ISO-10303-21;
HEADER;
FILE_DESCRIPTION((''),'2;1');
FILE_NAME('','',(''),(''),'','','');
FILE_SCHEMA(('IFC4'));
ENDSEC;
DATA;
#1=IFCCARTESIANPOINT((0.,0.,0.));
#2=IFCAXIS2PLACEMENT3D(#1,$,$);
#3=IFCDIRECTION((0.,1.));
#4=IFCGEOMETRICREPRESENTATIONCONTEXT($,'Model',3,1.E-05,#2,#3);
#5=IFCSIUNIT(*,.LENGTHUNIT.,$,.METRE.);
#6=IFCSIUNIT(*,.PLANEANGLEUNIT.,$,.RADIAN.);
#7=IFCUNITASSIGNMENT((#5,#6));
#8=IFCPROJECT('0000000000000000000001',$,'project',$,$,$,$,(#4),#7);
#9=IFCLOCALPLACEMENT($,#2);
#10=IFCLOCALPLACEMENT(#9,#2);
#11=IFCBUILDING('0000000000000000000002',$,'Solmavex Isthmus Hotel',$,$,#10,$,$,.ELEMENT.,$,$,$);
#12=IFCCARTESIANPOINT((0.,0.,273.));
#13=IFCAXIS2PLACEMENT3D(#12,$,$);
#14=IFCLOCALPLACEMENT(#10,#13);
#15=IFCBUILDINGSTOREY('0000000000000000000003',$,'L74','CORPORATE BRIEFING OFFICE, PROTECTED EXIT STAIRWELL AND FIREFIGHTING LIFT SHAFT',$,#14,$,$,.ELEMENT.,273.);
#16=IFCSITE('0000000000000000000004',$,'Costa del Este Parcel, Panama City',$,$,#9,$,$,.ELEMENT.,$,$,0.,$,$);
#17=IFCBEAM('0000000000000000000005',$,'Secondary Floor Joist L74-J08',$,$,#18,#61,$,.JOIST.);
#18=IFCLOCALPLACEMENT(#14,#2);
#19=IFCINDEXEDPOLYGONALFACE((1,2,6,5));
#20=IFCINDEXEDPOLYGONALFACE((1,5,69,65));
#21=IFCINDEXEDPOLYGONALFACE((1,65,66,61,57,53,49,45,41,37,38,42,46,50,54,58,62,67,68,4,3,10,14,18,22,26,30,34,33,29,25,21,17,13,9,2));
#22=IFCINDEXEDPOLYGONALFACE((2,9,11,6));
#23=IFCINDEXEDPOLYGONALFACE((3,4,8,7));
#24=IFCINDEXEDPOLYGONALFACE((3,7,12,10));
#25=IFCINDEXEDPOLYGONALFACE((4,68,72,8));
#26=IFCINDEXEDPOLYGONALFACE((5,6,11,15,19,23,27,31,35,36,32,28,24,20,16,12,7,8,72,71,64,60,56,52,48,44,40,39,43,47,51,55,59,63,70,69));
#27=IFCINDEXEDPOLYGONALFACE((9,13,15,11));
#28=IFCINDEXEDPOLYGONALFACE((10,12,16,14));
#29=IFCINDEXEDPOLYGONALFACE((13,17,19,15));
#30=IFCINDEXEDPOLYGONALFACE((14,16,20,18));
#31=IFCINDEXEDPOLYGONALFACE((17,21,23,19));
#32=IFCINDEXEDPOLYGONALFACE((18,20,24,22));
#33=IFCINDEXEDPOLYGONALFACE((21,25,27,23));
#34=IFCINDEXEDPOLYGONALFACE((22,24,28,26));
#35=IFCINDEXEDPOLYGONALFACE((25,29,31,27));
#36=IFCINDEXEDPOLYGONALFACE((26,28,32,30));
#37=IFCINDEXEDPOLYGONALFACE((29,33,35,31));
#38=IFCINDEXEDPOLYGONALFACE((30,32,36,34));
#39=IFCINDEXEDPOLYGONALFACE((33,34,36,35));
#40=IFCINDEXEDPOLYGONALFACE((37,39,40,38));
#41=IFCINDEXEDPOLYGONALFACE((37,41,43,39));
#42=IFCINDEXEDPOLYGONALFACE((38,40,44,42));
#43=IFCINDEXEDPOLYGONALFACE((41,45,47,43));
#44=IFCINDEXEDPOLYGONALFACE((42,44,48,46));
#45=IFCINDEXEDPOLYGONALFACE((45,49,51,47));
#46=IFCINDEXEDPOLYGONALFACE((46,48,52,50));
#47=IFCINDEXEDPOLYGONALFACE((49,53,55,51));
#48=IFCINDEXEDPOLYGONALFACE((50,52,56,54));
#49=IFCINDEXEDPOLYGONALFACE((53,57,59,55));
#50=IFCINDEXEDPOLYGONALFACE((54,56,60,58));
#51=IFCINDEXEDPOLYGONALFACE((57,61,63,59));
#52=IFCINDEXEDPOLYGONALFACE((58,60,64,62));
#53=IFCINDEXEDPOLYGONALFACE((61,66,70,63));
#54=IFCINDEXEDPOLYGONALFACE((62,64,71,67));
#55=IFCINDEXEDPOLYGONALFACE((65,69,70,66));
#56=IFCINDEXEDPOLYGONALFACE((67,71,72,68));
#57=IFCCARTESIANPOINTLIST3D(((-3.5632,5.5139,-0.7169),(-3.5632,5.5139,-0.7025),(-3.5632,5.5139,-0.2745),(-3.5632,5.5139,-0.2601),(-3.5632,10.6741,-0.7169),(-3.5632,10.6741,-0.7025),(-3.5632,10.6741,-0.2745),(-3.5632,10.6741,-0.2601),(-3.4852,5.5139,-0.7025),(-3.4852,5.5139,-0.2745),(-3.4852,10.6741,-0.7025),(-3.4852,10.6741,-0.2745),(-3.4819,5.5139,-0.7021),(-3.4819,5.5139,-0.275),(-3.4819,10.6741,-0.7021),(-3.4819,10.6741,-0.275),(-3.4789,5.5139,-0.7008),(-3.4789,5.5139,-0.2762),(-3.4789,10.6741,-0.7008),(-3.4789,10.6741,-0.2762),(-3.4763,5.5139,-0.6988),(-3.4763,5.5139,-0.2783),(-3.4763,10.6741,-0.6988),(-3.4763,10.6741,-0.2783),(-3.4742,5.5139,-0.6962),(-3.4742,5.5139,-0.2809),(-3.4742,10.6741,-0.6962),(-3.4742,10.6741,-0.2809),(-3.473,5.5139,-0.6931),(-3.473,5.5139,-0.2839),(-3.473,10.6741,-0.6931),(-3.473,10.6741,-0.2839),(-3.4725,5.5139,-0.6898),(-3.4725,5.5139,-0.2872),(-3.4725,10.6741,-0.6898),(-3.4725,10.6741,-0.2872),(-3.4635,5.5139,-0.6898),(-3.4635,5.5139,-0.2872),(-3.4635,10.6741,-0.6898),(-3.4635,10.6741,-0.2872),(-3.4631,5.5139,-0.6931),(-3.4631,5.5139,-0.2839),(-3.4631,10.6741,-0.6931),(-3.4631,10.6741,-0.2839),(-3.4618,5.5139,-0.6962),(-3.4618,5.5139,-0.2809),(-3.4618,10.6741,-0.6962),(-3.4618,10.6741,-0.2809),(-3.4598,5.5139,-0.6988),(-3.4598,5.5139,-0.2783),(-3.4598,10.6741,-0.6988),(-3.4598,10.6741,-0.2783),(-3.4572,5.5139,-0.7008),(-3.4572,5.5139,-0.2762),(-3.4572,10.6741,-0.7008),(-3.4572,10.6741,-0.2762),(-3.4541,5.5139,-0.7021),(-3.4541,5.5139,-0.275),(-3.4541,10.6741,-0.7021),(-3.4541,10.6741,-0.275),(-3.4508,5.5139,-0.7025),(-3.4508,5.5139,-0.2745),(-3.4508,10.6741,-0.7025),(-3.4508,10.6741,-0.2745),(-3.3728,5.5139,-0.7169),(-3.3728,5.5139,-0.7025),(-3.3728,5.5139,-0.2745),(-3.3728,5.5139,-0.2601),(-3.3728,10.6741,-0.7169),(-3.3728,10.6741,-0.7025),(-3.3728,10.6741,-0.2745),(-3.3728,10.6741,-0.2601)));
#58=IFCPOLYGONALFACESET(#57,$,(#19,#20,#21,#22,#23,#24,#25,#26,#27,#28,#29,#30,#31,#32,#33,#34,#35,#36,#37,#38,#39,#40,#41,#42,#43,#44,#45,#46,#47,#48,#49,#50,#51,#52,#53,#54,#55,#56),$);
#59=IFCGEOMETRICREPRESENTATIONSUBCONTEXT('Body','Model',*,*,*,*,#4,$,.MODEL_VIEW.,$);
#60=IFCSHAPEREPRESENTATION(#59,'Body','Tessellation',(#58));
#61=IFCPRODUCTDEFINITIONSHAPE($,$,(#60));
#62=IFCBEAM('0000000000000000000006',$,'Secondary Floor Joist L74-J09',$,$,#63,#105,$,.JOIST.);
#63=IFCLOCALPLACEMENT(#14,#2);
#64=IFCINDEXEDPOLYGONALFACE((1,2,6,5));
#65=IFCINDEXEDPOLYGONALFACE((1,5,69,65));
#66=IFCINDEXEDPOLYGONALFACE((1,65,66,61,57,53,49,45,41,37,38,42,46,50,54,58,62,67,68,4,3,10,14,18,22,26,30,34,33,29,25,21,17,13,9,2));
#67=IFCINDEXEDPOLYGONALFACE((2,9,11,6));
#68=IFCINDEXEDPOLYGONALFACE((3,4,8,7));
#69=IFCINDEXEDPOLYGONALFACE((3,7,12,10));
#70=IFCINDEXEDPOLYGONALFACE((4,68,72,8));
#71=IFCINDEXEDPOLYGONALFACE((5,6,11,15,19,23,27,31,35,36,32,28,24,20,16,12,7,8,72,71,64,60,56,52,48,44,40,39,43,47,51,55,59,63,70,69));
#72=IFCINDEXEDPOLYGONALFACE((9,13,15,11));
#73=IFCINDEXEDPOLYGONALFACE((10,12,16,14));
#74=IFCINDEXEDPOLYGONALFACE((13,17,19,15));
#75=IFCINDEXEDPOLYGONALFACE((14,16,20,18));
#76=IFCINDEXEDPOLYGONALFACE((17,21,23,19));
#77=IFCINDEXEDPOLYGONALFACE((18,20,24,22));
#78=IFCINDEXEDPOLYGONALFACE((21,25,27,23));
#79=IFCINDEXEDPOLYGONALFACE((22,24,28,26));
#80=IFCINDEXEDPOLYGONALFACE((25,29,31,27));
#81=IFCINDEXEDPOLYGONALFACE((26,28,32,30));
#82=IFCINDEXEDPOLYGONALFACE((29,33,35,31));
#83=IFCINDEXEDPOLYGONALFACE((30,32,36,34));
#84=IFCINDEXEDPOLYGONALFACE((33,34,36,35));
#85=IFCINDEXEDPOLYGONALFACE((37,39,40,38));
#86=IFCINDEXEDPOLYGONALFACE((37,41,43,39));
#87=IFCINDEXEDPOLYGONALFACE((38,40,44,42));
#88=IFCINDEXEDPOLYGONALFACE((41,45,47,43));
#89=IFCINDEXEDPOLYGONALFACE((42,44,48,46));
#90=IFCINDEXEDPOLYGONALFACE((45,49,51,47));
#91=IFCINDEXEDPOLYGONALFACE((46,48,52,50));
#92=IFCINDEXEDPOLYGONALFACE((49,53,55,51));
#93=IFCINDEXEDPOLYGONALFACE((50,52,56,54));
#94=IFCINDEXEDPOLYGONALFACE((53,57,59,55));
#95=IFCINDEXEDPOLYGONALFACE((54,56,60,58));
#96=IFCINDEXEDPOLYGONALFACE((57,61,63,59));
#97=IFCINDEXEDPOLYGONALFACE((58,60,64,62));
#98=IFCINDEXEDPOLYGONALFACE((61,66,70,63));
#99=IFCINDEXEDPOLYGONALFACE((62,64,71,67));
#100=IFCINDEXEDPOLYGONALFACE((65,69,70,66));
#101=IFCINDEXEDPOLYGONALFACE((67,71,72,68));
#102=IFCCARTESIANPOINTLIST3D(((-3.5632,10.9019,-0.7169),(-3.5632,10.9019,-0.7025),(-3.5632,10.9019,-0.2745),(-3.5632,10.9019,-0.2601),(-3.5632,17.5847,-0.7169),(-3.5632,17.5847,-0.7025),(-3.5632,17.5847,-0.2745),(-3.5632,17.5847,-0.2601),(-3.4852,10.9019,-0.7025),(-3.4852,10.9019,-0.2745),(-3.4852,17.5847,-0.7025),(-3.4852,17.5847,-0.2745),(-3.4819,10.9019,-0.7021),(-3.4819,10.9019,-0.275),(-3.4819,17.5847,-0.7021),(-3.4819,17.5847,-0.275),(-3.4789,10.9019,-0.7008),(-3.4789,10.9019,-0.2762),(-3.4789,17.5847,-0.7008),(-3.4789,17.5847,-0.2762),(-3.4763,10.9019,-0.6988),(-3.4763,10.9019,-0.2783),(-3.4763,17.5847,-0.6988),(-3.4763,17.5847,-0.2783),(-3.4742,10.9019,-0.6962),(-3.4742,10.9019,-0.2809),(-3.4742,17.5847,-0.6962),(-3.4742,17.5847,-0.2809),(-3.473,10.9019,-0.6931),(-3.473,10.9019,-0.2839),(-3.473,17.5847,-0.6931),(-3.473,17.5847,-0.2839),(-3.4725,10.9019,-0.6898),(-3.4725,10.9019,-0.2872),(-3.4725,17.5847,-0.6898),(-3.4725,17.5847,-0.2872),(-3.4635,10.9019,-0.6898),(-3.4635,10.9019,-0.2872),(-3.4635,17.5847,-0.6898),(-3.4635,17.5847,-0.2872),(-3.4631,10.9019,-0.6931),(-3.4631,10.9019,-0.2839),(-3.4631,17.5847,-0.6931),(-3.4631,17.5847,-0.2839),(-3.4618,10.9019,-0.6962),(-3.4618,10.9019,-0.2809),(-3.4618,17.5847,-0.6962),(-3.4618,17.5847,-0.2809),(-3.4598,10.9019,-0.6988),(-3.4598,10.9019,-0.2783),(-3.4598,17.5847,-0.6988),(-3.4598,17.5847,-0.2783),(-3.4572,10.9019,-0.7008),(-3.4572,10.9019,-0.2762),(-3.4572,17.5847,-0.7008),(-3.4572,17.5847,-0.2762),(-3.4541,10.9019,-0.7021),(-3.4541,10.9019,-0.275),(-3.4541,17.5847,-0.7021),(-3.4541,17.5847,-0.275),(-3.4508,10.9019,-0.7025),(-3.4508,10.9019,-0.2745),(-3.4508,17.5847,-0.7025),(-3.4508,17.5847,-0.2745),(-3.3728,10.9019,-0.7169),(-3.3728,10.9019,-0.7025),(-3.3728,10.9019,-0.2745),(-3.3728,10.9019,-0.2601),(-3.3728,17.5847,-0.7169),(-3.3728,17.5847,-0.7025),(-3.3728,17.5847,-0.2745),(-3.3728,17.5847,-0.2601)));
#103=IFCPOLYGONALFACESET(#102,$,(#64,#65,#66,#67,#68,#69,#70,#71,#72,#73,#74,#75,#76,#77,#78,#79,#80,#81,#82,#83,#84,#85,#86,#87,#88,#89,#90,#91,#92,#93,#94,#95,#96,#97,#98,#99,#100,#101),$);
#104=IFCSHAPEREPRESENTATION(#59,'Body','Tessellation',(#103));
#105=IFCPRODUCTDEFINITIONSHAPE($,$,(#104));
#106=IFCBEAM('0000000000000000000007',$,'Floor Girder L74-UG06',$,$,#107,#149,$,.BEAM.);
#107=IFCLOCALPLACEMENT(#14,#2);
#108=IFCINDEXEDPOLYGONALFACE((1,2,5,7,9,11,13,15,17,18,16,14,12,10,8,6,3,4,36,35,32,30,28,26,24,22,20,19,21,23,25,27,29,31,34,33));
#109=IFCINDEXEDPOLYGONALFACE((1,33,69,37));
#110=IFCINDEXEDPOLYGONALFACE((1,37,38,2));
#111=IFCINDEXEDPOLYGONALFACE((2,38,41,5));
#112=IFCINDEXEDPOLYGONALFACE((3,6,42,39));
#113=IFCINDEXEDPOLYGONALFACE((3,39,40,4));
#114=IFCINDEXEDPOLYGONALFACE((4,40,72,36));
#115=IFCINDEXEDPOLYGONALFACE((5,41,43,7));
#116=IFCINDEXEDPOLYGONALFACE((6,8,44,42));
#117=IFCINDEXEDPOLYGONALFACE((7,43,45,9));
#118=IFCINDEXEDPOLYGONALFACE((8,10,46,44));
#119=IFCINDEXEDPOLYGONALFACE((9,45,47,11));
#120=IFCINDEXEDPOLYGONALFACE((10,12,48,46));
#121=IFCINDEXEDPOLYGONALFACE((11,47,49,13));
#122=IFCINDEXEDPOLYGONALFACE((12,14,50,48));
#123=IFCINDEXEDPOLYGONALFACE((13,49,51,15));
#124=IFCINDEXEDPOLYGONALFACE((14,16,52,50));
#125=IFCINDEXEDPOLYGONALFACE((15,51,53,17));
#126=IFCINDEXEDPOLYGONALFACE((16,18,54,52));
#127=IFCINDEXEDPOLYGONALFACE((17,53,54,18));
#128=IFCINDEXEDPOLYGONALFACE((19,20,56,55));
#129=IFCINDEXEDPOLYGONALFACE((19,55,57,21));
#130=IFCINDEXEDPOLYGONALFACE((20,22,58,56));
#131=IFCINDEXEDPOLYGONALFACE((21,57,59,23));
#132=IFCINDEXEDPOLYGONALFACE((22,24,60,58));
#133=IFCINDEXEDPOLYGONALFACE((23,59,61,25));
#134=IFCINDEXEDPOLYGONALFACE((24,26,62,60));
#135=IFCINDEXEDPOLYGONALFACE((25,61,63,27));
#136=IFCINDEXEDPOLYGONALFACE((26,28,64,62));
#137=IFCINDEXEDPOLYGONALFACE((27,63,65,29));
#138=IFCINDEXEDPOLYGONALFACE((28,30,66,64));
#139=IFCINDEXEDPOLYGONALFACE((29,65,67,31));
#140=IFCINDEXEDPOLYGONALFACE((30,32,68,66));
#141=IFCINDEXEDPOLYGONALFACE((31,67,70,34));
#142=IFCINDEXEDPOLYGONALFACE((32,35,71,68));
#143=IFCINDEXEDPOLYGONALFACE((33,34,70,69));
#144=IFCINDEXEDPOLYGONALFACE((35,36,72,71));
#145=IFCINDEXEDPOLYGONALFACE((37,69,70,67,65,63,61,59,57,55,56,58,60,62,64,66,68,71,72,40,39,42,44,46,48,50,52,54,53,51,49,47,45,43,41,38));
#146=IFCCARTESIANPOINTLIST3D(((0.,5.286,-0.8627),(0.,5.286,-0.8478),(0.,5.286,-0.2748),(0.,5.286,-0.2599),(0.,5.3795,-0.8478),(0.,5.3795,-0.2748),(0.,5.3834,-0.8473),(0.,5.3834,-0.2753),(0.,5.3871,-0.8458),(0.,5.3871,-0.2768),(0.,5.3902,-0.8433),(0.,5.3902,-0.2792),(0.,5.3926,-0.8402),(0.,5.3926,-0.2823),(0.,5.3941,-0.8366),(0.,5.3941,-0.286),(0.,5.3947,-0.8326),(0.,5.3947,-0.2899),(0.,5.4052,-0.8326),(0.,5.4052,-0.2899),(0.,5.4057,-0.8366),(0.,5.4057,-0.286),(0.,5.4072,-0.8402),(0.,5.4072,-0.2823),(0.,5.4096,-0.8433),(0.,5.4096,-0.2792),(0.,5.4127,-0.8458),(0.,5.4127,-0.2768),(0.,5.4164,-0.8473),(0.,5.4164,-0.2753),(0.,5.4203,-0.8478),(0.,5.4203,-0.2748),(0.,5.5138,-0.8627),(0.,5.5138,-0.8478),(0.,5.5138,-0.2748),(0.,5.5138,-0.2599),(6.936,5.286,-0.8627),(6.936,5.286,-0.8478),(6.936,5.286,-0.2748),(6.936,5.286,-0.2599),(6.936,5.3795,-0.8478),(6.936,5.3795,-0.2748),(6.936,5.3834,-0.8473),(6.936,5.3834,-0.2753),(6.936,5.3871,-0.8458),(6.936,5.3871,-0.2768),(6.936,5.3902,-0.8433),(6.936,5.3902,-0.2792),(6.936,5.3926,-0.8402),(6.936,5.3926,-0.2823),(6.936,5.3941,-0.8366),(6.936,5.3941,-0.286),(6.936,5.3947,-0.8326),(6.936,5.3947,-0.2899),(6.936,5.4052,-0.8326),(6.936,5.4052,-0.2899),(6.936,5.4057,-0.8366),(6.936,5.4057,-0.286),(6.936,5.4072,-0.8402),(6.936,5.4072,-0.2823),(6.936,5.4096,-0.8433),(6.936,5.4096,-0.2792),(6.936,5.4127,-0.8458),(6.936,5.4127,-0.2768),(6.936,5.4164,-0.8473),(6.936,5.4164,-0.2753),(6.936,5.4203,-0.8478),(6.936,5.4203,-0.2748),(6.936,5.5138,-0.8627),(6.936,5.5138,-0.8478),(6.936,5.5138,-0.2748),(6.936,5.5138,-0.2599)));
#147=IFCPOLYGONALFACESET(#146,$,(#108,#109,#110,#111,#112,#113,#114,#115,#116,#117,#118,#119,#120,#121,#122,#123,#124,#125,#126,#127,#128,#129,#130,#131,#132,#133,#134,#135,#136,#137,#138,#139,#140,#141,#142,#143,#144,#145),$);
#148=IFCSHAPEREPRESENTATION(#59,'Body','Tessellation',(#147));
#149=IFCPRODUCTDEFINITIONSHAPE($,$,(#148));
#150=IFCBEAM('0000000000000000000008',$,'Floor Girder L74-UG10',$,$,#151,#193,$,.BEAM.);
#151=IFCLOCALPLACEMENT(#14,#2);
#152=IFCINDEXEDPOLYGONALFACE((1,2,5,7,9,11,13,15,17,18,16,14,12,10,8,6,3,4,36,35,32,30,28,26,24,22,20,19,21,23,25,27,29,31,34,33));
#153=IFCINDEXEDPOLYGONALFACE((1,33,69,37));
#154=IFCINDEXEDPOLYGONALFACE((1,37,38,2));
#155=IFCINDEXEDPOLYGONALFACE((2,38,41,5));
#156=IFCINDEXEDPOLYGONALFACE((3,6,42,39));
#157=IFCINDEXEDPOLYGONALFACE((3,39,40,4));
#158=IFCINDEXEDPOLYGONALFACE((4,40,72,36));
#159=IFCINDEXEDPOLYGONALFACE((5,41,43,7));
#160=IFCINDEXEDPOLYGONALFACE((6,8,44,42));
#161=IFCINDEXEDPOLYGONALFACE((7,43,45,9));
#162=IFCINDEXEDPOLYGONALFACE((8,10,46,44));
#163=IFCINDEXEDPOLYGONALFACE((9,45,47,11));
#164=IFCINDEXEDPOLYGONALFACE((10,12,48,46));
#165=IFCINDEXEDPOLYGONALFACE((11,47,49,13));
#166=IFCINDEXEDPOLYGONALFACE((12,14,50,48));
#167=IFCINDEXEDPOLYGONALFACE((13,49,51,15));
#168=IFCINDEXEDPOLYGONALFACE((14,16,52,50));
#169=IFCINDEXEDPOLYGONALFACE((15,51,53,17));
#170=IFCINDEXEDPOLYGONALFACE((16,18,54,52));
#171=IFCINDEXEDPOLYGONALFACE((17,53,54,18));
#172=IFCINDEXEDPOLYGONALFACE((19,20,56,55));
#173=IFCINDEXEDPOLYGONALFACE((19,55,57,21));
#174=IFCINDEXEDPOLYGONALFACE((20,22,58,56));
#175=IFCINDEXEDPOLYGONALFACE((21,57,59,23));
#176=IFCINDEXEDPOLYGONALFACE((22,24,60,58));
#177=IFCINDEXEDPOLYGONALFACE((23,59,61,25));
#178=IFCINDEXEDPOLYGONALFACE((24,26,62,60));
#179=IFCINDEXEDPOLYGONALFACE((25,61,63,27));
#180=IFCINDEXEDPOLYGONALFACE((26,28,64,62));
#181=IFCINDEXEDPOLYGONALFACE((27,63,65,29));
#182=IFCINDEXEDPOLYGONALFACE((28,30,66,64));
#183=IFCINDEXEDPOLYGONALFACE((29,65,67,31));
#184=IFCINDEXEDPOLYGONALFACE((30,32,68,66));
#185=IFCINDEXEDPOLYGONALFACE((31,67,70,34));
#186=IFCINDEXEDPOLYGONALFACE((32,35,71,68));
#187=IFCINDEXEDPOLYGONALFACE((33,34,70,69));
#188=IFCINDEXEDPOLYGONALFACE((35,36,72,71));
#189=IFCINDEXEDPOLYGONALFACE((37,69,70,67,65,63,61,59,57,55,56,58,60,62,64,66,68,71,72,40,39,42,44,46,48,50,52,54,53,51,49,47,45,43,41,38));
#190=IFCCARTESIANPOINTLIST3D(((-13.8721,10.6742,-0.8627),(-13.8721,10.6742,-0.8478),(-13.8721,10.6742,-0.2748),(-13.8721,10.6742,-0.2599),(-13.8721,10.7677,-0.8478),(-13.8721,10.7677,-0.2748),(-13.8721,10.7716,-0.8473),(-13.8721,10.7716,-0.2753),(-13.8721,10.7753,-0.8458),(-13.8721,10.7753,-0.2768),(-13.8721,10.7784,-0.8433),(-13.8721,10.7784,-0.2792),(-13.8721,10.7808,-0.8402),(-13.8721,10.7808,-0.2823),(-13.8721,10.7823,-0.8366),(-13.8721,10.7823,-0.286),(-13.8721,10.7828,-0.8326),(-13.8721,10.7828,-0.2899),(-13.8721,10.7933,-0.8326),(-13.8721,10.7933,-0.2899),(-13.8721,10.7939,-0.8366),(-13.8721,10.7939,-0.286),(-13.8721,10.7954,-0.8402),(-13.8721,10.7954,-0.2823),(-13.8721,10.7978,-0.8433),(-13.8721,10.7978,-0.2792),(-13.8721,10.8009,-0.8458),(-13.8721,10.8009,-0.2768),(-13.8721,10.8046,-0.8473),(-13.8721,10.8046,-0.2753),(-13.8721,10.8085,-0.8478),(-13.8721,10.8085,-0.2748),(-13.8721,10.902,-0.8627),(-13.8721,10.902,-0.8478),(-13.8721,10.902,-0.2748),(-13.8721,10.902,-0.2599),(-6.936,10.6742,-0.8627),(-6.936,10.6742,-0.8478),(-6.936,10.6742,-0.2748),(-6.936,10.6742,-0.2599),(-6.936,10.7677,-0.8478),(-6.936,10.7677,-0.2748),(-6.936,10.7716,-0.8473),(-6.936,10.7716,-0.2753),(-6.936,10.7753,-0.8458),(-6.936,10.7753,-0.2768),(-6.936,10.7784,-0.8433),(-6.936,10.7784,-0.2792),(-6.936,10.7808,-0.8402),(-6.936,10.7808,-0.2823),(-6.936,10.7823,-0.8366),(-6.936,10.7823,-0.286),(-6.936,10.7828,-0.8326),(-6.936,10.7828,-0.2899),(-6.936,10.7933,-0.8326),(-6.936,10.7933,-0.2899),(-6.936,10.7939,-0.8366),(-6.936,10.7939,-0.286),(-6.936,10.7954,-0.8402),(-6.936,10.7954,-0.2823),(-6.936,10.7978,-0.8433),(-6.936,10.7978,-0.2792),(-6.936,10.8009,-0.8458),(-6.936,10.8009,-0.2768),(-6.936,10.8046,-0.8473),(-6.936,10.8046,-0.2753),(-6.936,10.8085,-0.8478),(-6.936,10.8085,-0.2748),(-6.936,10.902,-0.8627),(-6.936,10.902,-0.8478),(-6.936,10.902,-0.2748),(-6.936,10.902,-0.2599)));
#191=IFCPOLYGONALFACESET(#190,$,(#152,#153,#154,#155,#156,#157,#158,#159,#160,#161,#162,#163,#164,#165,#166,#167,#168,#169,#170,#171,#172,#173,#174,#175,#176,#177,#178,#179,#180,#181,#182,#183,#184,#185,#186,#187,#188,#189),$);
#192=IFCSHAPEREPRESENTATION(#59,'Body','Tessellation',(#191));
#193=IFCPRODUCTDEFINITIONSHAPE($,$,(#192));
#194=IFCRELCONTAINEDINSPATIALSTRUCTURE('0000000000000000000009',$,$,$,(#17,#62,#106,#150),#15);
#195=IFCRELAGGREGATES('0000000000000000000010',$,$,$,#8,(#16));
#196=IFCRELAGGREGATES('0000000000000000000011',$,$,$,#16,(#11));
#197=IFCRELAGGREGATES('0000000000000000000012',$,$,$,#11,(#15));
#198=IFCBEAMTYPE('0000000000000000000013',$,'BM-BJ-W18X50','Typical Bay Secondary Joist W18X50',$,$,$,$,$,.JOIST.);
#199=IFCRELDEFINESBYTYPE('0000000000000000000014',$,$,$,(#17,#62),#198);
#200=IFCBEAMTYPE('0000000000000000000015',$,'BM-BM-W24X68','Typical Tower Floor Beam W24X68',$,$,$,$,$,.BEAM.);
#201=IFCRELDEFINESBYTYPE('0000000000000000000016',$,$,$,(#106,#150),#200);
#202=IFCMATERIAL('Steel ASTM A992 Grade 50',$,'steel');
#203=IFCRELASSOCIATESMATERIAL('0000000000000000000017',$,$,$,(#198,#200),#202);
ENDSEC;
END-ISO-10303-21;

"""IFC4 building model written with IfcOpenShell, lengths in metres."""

from ifc_helpers import new_model, si_unit, direction, frame, origin, origin_2d, place, context, subcontext, project, spatial, i_section, extrude, material, material_profile, profile_set, type_object, element, save


model = new_model("IFC4")

# Units and contexts
model_context = context("Model", 3, precision=1e-05, world=origin(), true_north=direction((0.0, 1.0)))
body_context = subcontext(model_context, "Body", "Model", "MODEL_VIEW")
ifc_project = project(units=[si_unit("LENGTHUNIT", "METRE"), si_unit("PLANEANGLEUNIT", "RADIAN")], contexts=[model_context])

# Site, building, storey
site_placement = place(None, origin())
site = spatial("IfcSite", under=ifc_project, at=site_placement, Name="Costa del Este Parcel, Panama City", CompositionType="ELEMENT", RefElevation=0.0)
building_placement = place(site_placement, origin())
building = spatial("IfcBuilding", under=site, at=building_placement, Name="Solmavex Isthmus Hotel", CompositionType="ELEMENT")
storey_placement = place(building_placement, frame((0.0, 0.0, 273.0)))
storey = spatial("IfcBuildingStorey", under=building, at=storey_placement, Name="L74", Description="CORPORATE BRIEFING OFFICE, PROTECTED EXIT STAIRWELL AND FIREFIGHTING LIFT SHAFT", CompositionType="ELEMENT", Elevation=273.0)

# Beams
ifc_material_1 = material(Name="Steel ASTM A992 Grade 50", Category="steel")
ifc_material_profile_1 = material_profile(ifc_material_1, i_section(OverallWidth=0.1904, OverallDepth=0.4568, WebThickness=0.009, FlangeThickness=0.0144, FilletRadius=0.0127, at=origin_2d()), Name="W18X50")
ifc_profile_set_1 = profile_set([ifc_material_profile_1], Name="Steel ASTM A992 Grade 50")
beam_type_1 = type_object("IfcBeamType", Name="BM-BJ-W18X50", Description="Typical Bay Secondary Joist W18X50", PredefinedType="JOIST", material=ifc_profile_set_1)
beam_1_placement = place(storey_placement, frame((-3.468, 5.5139, -0.4885), z_axis=(0.0, 1.0, 0.0), x_axis=(-1.0, 0.0, 0.0)))
element("IfcBeam", 1, at=beam_1_placement, inside=storey, type_object=beam_type_1, Name="Secondary Floor Joist L74-J08", PredefinedType="JOIST", context=body_context, shape_type="SweptSolid", body=[
    extrude(i_section(OverallWidth=0.1904, OverallDepth=0.4568, WebThickness=0.009, FlangeThickness=0.0144, FilletRadius=0.0127, at=origin_2d()), origin(), (0.0, 0.0, 1.0), 5.1602),
])
beam_2_placement = place(storey_placement, frame((-3.468, 10.9019, -0.4885), z_axis=(0.0, 1.0, 0.0), x_axis=(-1.0, 0.0, 0.0)))
element("IfcBeam", 2, at=beam_2_placement, inside=storey, type_object=beam_type_1, Name="Secondary Floor Joist L74-J09", PredefinedType="JOIST", context=body_context, shape_type="SweptSolid", body=[
    extrude(i_section(OverallWidth=0.1904, OverallDepth=0.4568, WebThickness=0.009, FlangeThickness=0.0144, FilletRadius=0.0127, at=origin_2d()), origin(), (0.0, 0.0, 1.0), 6.6829),
])
ifc_material_profile_2 = material_profile(ifc_material_1, i_section(OverallWidth=0.2278, OverallDepth=0.6028, WebThickness=0.0105, FlangeThickness=0.0149, FilletRadius=0.0151, at=origin_2d()), Name="W24X68")
ifc_profile_set_2 = profile_set([ifc_material_profile_2], Name="Steel ASTM A992 Grade 50")
beam_type_2 = type_object("IfcBeamType", Name="BM-BM-W24X68", Description="Typical Tower Floor Beam W24X68", PredefinedType="BEAM", material=ifc_profile_set_2)
for number, where, z_axis, x_axis, name in (
    (3, (0.0, 5.3999, -0.5613), (1.0, 0.0, 0.0), (0.0, 1.0, 0.0), "Floor Girder L74-UG06"),
    (4, (-13.8721, 10.7881, -0.5613), (1.0, 0.0, 0.0), (0.0, 1.0, 0.0), "Floor Girder L74-UG10"),
):
    element("IfcBeam", number, at=place(storey_placement, frame(where, z_axis=z_axis, x_axis=x_axis)), inside=storey, type_object=beam_type_2, Name=name, PredefinedType="BEAM", context=body_context, shape_type="SweptSolid", body=[
        extrude(i_section(OverallWidth=0.2278, OverallDepth=0.6028, WebThickness=0.0105, FlangeThickness=0.0149, FilletRadius=0.0151, at=origin_2d()), origin(), (0.0, 0.0, 1.0), 6.936),
    ])

save(model, "model.ifc")
